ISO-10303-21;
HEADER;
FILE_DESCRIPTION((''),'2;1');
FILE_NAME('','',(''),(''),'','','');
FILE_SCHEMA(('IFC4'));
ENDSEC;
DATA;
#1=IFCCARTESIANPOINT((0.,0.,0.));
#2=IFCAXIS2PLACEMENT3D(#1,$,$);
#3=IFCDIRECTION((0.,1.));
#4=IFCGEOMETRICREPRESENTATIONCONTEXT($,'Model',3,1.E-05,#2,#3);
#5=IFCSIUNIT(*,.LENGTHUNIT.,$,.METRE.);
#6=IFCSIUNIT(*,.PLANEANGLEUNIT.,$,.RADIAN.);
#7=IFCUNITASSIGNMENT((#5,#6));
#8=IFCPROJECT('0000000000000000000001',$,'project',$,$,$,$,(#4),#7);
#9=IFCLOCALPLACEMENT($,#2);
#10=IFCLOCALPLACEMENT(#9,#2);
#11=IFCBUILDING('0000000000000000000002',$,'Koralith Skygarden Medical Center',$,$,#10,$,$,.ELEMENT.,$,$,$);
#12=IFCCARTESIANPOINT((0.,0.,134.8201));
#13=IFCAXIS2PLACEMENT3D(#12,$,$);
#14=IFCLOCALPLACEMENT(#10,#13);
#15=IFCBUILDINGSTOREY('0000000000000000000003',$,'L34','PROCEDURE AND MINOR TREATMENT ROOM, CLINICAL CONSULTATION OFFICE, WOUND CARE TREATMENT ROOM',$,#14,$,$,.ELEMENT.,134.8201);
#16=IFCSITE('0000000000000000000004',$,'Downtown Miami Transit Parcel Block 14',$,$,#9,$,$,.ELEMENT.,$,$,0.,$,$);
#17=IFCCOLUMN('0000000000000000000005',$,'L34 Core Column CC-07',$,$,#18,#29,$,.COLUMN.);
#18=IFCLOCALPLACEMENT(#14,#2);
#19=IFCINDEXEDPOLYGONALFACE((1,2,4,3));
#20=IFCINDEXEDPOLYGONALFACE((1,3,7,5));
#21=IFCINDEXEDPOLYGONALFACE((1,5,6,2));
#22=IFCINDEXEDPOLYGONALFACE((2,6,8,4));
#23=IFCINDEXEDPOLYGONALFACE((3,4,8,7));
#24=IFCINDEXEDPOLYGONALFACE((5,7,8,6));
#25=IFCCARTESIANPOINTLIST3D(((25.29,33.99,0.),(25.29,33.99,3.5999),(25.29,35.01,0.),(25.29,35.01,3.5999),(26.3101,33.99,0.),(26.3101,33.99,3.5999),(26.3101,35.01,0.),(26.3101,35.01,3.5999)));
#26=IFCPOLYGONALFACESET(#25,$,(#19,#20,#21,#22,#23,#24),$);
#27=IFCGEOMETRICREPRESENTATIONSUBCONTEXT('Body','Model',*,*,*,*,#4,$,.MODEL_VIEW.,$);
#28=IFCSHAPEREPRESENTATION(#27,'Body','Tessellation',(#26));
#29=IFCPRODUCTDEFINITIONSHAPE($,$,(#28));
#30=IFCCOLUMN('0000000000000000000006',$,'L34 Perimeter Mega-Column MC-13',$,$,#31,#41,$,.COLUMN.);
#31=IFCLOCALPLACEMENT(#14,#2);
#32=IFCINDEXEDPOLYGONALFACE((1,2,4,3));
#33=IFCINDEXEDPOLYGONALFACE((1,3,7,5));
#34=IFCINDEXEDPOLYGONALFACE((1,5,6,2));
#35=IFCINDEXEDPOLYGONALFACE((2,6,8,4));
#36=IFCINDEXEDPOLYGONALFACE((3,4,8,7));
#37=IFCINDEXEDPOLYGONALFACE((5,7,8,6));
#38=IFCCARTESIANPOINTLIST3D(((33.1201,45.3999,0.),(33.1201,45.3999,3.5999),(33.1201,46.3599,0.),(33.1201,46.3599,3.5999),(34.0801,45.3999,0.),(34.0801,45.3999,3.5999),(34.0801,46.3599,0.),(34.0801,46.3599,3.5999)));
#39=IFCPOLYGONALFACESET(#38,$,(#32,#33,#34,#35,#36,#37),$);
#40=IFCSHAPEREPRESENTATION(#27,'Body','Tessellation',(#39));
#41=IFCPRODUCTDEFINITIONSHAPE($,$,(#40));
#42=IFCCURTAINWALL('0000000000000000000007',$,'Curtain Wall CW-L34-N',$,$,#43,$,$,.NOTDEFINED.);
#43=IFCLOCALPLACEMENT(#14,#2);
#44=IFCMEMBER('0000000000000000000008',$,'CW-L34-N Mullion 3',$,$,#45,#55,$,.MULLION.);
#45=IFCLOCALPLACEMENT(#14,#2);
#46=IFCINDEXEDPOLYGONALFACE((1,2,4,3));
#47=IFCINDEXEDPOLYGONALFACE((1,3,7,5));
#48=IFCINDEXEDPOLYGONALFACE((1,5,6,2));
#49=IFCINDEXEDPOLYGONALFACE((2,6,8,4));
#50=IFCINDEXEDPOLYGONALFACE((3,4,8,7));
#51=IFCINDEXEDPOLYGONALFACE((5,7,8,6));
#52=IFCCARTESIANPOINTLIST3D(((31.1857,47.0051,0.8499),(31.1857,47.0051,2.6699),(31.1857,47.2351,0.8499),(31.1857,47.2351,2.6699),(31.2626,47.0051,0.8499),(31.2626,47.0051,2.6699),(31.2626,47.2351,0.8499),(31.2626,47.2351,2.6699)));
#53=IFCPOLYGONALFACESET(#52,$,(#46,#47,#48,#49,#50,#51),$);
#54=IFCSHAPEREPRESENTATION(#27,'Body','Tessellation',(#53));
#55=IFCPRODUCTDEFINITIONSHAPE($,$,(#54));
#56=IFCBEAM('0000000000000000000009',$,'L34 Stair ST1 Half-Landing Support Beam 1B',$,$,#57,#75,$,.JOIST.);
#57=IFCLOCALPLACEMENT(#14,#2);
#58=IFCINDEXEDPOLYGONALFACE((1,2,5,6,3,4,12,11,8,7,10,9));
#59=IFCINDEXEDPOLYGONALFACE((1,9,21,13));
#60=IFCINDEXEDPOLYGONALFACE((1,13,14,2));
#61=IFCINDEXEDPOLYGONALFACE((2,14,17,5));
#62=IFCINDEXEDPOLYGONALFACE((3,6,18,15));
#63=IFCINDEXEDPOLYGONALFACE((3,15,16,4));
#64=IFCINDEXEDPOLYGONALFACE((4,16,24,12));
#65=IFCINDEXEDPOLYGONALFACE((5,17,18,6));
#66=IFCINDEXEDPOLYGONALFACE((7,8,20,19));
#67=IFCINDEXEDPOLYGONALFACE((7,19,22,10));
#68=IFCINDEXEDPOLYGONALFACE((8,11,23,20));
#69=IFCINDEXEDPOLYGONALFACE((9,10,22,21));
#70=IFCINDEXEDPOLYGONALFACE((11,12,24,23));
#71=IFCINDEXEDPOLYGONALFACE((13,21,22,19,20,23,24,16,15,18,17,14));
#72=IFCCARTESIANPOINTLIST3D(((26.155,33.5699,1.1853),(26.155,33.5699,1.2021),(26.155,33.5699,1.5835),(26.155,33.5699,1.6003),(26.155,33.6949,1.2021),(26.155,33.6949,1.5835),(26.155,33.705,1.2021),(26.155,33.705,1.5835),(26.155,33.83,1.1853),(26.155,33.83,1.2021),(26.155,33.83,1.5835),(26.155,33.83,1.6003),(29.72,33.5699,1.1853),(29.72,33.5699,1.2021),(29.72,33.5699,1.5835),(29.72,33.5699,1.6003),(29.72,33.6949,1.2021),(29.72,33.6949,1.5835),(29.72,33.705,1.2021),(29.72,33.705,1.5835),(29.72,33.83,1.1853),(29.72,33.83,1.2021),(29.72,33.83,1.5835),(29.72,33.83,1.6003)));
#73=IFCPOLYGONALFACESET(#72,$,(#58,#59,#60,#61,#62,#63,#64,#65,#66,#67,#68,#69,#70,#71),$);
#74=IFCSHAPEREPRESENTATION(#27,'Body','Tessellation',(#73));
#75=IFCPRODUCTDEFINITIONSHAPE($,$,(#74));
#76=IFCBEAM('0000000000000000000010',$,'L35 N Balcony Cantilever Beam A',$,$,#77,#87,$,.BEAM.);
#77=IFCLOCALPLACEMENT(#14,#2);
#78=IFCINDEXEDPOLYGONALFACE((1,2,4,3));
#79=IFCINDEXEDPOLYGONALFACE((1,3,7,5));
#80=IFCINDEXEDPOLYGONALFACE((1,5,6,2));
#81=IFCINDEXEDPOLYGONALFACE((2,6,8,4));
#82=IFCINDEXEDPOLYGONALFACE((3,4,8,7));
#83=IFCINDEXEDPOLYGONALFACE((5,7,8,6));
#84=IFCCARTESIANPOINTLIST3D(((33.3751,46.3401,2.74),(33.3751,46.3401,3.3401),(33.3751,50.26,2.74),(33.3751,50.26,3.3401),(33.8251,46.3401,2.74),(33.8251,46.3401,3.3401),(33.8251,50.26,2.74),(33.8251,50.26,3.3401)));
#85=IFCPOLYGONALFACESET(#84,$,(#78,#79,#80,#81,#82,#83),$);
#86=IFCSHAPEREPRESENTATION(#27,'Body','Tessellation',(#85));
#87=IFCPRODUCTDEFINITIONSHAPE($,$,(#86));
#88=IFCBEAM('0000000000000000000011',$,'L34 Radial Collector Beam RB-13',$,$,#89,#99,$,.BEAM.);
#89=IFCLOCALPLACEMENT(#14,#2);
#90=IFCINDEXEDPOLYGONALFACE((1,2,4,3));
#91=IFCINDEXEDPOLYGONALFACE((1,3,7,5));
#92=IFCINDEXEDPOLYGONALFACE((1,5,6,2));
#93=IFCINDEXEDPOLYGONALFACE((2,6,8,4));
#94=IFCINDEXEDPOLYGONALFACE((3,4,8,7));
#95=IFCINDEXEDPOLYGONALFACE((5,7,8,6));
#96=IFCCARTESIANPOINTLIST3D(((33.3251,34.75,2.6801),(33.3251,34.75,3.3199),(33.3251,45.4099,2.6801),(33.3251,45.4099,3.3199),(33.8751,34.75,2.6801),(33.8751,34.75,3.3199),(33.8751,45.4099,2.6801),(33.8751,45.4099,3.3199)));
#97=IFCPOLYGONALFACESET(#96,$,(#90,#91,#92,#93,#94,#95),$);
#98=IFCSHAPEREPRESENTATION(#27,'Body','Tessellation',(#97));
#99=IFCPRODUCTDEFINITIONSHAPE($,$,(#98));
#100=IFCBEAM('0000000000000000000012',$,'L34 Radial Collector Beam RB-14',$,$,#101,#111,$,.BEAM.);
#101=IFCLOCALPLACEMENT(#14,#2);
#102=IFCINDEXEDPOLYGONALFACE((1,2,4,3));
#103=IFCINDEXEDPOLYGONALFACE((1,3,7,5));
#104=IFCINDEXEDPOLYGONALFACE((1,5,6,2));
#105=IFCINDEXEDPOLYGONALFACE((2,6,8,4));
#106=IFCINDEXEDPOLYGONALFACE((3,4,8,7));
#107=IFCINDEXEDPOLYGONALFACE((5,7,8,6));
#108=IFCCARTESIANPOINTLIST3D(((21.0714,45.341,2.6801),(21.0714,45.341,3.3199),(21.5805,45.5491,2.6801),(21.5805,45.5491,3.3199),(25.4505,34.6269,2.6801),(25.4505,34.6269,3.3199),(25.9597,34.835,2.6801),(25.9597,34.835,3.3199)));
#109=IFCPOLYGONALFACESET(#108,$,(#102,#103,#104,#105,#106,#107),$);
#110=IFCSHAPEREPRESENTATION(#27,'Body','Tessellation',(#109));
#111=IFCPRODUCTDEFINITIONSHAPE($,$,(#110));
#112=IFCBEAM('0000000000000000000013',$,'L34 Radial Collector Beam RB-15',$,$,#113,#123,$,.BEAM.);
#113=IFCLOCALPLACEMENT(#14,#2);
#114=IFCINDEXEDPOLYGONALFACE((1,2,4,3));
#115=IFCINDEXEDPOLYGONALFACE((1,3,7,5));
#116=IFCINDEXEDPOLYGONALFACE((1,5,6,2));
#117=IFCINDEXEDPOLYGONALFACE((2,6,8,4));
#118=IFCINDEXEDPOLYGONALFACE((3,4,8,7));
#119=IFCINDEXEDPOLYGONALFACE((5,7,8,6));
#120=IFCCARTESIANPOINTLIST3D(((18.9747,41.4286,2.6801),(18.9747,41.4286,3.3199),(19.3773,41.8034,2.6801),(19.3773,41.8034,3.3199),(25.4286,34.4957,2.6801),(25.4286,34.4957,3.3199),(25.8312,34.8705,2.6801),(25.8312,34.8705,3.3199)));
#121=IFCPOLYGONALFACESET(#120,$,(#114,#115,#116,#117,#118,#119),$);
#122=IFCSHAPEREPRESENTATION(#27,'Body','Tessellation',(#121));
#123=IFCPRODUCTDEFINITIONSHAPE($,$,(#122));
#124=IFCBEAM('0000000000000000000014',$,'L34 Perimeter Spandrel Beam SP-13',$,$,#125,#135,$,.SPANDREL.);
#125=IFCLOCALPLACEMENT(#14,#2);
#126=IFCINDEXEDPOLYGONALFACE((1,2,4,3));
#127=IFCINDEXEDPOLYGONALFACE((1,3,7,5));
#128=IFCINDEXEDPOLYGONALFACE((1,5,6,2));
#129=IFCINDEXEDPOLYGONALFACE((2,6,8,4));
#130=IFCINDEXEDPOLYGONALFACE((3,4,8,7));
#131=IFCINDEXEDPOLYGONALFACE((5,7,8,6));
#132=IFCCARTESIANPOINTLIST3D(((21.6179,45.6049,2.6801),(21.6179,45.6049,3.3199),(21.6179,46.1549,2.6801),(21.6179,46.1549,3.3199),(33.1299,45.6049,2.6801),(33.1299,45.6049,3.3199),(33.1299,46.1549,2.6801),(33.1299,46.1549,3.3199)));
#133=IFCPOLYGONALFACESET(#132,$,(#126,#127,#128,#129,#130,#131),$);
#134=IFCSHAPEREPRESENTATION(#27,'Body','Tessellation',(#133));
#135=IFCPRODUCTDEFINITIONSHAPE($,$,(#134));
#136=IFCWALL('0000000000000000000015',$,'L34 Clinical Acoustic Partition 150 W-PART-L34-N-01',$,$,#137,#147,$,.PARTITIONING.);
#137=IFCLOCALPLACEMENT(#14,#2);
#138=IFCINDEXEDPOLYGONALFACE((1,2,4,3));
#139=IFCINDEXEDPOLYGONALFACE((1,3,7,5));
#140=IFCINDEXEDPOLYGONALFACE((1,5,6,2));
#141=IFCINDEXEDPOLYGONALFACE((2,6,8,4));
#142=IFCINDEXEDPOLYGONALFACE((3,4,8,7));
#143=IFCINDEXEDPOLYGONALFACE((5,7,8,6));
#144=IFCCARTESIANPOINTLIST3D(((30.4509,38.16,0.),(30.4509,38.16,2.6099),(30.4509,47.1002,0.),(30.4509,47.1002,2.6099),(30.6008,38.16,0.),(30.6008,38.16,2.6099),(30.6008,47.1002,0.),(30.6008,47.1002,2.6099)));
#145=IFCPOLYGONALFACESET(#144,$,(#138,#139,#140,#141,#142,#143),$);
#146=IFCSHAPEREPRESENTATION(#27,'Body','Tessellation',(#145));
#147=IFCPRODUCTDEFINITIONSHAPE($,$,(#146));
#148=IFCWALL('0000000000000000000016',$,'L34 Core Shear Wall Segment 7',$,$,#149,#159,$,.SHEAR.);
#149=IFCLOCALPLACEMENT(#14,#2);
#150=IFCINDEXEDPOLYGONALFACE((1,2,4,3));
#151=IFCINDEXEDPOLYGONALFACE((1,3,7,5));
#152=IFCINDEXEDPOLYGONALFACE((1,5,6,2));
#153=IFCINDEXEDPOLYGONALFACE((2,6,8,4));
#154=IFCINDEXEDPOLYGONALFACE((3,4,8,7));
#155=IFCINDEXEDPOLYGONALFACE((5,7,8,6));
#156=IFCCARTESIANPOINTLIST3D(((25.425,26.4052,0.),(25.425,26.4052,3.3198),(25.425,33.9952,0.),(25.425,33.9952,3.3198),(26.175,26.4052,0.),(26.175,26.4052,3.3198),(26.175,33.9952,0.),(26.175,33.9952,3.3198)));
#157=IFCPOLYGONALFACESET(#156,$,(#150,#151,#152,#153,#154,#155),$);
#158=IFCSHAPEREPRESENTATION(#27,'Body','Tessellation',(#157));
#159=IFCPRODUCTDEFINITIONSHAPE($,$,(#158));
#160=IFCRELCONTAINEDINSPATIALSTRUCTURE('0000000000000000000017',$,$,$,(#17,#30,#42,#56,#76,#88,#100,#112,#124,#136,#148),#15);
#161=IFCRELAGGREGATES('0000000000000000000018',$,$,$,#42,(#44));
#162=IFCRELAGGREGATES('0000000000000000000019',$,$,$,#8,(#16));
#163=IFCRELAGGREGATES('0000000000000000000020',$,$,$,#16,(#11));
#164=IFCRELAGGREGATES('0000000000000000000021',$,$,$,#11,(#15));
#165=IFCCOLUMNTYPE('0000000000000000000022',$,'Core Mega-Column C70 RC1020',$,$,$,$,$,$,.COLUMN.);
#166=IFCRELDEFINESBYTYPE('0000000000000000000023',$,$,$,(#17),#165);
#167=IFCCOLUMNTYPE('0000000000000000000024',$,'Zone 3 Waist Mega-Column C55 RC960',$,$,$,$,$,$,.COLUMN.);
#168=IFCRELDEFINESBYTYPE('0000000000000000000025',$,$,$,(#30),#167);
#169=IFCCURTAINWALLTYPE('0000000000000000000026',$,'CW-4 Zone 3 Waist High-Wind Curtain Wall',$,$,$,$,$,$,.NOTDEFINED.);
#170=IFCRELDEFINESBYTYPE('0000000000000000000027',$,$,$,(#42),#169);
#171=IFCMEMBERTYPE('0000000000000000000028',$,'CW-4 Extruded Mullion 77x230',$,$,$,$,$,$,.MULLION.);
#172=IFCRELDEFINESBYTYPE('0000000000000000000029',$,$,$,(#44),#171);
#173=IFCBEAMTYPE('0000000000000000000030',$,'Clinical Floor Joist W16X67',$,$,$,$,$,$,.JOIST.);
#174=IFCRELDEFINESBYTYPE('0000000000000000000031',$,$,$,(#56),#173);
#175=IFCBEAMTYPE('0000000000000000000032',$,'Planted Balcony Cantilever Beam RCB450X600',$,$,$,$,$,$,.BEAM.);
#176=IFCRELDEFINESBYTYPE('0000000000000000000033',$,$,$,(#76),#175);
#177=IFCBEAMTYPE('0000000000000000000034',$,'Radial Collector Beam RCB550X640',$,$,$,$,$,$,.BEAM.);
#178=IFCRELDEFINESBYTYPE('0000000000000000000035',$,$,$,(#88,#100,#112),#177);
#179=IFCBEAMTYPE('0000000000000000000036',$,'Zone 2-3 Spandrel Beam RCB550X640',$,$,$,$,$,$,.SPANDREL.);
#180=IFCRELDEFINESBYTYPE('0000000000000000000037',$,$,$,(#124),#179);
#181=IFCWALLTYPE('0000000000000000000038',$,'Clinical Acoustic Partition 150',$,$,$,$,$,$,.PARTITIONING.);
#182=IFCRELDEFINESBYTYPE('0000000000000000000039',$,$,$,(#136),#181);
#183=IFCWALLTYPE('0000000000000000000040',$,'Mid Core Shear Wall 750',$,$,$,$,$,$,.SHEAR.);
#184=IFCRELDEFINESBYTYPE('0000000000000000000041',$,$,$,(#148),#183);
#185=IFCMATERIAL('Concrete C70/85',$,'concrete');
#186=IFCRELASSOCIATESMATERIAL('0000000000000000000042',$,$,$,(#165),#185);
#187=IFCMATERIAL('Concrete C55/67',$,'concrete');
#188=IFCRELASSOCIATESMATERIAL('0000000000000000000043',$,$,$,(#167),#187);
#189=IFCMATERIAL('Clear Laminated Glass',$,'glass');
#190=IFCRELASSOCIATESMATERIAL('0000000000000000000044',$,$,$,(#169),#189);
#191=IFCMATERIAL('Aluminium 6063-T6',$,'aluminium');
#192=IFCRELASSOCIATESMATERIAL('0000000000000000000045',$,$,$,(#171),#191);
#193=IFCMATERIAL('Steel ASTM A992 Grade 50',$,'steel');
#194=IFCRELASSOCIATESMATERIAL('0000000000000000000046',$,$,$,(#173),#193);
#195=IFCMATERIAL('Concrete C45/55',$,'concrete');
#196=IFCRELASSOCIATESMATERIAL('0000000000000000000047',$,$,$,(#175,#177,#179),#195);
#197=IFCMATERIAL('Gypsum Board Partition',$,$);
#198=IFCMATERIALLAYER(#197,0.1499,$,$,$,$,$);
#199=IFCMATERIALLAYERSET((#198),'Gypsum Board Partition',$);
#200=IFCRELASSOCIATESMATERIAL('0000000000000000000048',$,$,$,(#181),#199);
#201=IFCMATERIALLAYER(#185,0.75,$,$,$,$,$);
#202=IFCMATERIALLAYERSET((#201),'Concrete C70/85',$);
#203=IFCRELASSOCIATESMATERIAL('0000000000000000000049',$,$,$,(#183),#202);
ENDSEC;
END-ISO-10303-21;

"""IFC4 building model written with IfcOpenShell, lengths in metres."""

from ifc_helpers import new_model, si_unit, direction, frame, frame_2d, origin, origin_2d, place, context, subcontext, project, spatial, rectangle, i_section, extrude, material, layer, layer_set, material_profile, profile_set, type_object, element, aggregate, save


model = new_model("IFC4")

# Units and contexts
model_context = context("Model", 3, precision=1e-05, world=origin(), true_north=direction((0.0, 1.0)))
body_context = subcontext(model_context, "Body", "Model", "MODEL_VIEW")
ifc_project = project(units=[si_unit("LENGTHUNIT", "METRE"), si_unit("PLANEANGLEUNIT", "RADIAN")], contexts=[model_context])

# Site, building, storey
site_placement = place(None, origin())
site = spatial("IfcSite", under=ifc_project, at=site_placement, Name="Downtown Miami Transit Parcel Block 14", CompositionType="ELEMENT", RefElevation=0.0)
building_placement = place(site_placement, origin())
building = spatial("IfcBuilding", under=site, at=building_placement, Name="Koralith Skygarden Medical Center", CompositionType="ELEMENT")
storey_placement = place(building_placement, frame((0.0, 0.0, 134.8201)))
storey = spatial("IfcBuildingStorey", under=building, at=storey_placement, Name="L34", Description="PROCEDURE AND MINOR TREATMENT ROOM, CLINICAL CONSULTATION OFFICE, WOUND CARE TREATMENT ROOM", CompositionType="ELEMENT", Elevation=134.8201)

# Columns
ifc_material_1 = material(Name="Concrete C70/85", Category="concrete")
ifc_material_profile_1 = material_profile(ifc_material_1, rectangle(XDim=1.02, YDim=1.02, at=origin_2d()), Name="RC1020X1020")
ifc_profile_set_1 = profile_set([ifc_material_profile_1], Name="Concrete C70/85")
column_type_1 = type_object("IfcColumnType", Name="Core Mega-Column C70 RC1020", PredefinedType="COLUMN", material=ifc_profile_set_1)
column_1_placement = place(storey_placement, frame((25.8, 34.5, 0.0), z_axis=(0.0, 0.0, 1.0), x_axis=(1.0, 0.0, 0.0)))
element("IfcColumn", 1, at=column_1_placement, inside=storey, type_object=column_type_1, Name="L34 Core Column CC-07", PredefinedType="COLUMN", context=body_context, shape_type="SweptSolid", body=[
    extrude(rectangle(XDim=1.02, YDim=1.02, at=origin_2d()), origin(), (0.0, 0.0, 1.0), 3.5999),
])
ifc_material_2 = material(Name="Concrete C55/67", Category="concrete")
ifc_material_profile_2 = material_profile(ifc_material_2, rectangle(XDim=0.96, YDim=0.96, at=origin_2d()), Name="RC960X960")
ifc_profile_set_2 = profile_set([ifc_material_profile_2], Name="Concrete C55/67")
column_type_2 = type_object("IfcColumnType", Name="Zone 3 Waist Mega-Column C55 RC960", PredefinedType="COLUMN", material=ifc_profile_set_2)
column_2_placement = place(storey_placement, frame((33.6001, 45.8799, 0.0), z_axis=(0.0, 0.0, 1.0), x_axis=(1.0, 0.0, 0.0)))
element("IfcColumn", 2, at=column_2_placement, inside=storey, type_object=column_type_2, Name="L34 Perimeter Mega-Column MC-13", PredefinedType="COLUMN", context=body_context, shape_type="SweptSolid", body=[
    extrude(rectangle(XDim=0.96, YDim=0.96, at=origin_2d()), origin(), (0.0, 0.0, 1.0), 3.5999),
])

# Curtain wall, member
ifc_material_3 = material(Name="Clear Laminated Glass", Category="glass")
curtain_wall_type = type_object("IfcCurtainWallType", Name="CW-4 Zone 3 Waist High-Wind Curtain Wall", PredefinedType="NOTDEFINED", material=ifc_material_3)
curtain_wall_placement = place(storey_placement, origin())
curtain_wall = element("IfcCurtainWall", 3, at=curtain_wall_placement, inside=storey, type_object=curtain_wall_type, Name="Curtain Wall CW-L34-N", PredefinedType="NOTDEFINED")
ifc_material_4 = material(Name="Aluminium 6063-T6", Category="aluminium")
ifc_material_profile_3 = material_profile(ifc_material_4, rectangle(XDim=0.0769, YDim=0.23, at=origin_2d()), Name="MUL77X230")
ifc_profile_set_3 = profile_set([ifc_material_profile_3], Name="Aluminium 6063-T6")
member_type = type_object("IfcMemberType", Name="CW-4 Extruded Mullion 77x230", PredefinedType="MULLION", material=ifc_profile_set_3)
member_placement = place(storey_placement, frame((31.2241, 47.1201, 0.8499), z_axis=(0.0, 0.0, 1.0), x_axis=(1.0, 0.0, 0.0)))
member = element("IfcMember", 4, at=member_placement, type_object=member_type, Name="CW-L34-N Mullion 3", PredefinedType="MULLION", context=body_context, shape_type="SweptSolid", body=[
    extrude(rectangle(XDim=0.0769, YDim=0.23, at=origin_2d()), origin(), (0.0, 0.0, 1.0), 1.8201),
])
aggregate(curtain_wall, [member])

# Beams
ifc_material_5 = material(Name="Steel ASTM A992 Grade 50", Category="steel")
ifc_material_profile_4 = material_profile(ifc_material_5, i_section(OverallWidth=0.26, OverallDepth=0.415, WebThickness=0.01, FlangeThickness=0.0168, at=origin_2d()), Name="W16X67")
ifc_profile_set_4 = profile_set([ifc_material_profile_4], Name="Steel ASTM A992 Grade 50")
beam_type_1 = type_object("IfcBeamType", Name="Clinical Floor Joist W16X67", PredefinedType="JOIST", material=ifc_profile_set_4)
beam_1_placement = place(storey_placement, frame((26.155, 33.7, 1.3928), z_axis=(1.0, 0.0, 0.0), x_axis=(0.0, 1.0, 0.0)))
element("IfcBeam", 5, at=beam_1_placement, inside=storey, type_object=beam_type_1, Name="L34 Stair ST1 Half-Landing Support Beam 1B", PredefinedType="JOIST", context=body_context, shape_type="SweptSolid", body=[
    extrude(i_section(OverallWidth=0.26, OverallDepth=0.415, WebThickness=0.01, FlangeThickness=0.0168, at=origin_2d()), origin(), (0.0, 0.0, 1.0), 3.5649),
])
ifc_material_6 = material(Name="Concrete C45/55", Category="concrete")
ifc_material_profile_5 = material_profile(ifc_material_6, rectangle(XDim=0.45, YDim=0.6001, at=origin_2d()), Name="RCB450X600")
ifc_profile_set_5 = profile_set([ifc_material_profile_5], Name="Concrete C45/55")
beam_type_2 = type_object("IfcBeamType", Name="Planted Balcony Cantilever Beam RCB450X600", PredefinedType="BEAM", material=ifc_profile_set_5)
beam_2_placement = place(storey_placement, frame((33.6001, 46.3401, 3.04), z_axis=(0.0, 1.0, 0.0), x_axis=(-1.0, 0.0, 0.0)))
element("IfcBeam", 6, at=beam_2_placement, inside=storey, type_object=beam_type_2, Name="L35 N Balcony Cantilever Beam A", PredefinedType="BEAM", context=body_context, shape_type="SweptSolid", body=[
    extrude(rectangle(XDim=0.45, YDim=0.6001, at=origin_2d()), origin(), (0.0, 0.0, 1.0), 3.9199),
])
ifc_material_profile_6 = material_profile(ifc_material_6, rectangle(XDim=0.55, YDim=0.6399, at=origin_2d()), Name="RCB550X640")
ifc_profile_set_6 = profile_set([ifc_material_profile_6], Name="Concrete C45/55")
beam_type_3 = type_object("IfcBeamType", Name="Radial Collector Beam RCB550X640", PredefinedType="BEAM", material=ifc_profile_set_6)
beam_3_placement = place(storey_placement, frame((33.6001, 34.75, 3.0), z_axis=(0.0, 1.0, 0.0), x_axis=(-1.0, 0.0, 0.0)))
element("IfcBeam", 7, at=beam_3_placement, inside=storey, type_object=beam_type_3, Name="L34 Radial Collector Beam RB-13", PredefinedType="BEAM", context=body_context, shape_type="SweptSolid", body=[
    extrude(rectangle(XDim=0.55, YDim=0.6399, at=origin_2d()), origin(), (0.0, 0.0, 1.0), 10.6599),
])
beam_4_placement = place(storey_placement, frame((25.7051, 34.731, 3.0), z_axis=(-0.378345, 0.925665, 0.0), x_axis=(-0.925665, -0.378345, 0.0)))
element("IfcBeam", 8, at=beam_4_placement, inside=storey, type_object=beam_type_3, Name="L34 Radial Collector Beam RB-14", PredefinedType="BEAM", context=body_context, shape_type="SweptSolid", body=[
    extrude(rectangle(XDim=0.55, YDim=0.6399, at=origin_2d()), origin(), (0.0, 0.0, 1.0), 11.5745),
])
beam_5_placement = place(storey_placement, frame((25.6299, 34.6831, 3.0), z_axis=(-0.681369, 0.73194, 0.0), x_axis=(-0.73194, -0.681369, 0.0)))
element("IfcBeam", 9, at=beam_5_placement, inside=storey, type_object=beam_type_3, Name="L34 Radial Collector Beam RB-15", PredefinedType="BEAM", context=body_context, shape_type="SweptSolid", body=[
    extrude(rectangle(XDim=0.55, YDim=0.6399, at=origin_2d()), origin(), (0.0, 0.0, 1.0), 9.4719),
])
ifc_material_profile_7 = material_profile(ifc_material_6, rectangle(XDim=0.55, YDim=0.6399, at=origin_2d()), Name="RCB550X640")
ifc_profile_set_7 = profile_set([ifc_material_profile_7], Name="Concrete C45/55")
beam_type_4 = type_object("IfcBeamType", Name="Zone 2-3 Spandrel Beam RCB550X640", PredefinedType="SPANDREL", material=ifc_profile_set_7)
beam_6_placement = place(storey_placement, frame((33.1299, 45.8799, 3.0), z_axis=(-1.0, 0.0, 0.0), x_axis=(0.0, -1.0, 0.0)))
element("IfcBeam", 10, at=beam_6_placement, inside=storey, type_object=beam_type_4, Name="L34 Perimeter Spandrel Beam SP-13", PredefinedType="SPANDREL", context=body_context, shape_type="SweptSolid", body=[
    extrude(rectangle(XDim=0.55, YDim=0.6399, at=origin_2d()), origin(), (0.0, 0.0, 1.0), 11.512),
])

# Wall
ifc_material_7 = material(Name="Gypsum Board Partition")
ifc_layer_1 = layer(ifc_material_7, 0.1499)
ifc_layer_set_1 = layer_set([ifc_layer_1], Name="Gypsum Board Partition")
wall_type_1 = type_object("IfcWallType", Name="Clinical Acoustic Partition 150", PredefinedType="PARTITIONING", material=ifc_layer_set_1)
wall_1_placement = place(storey_placement, frame((30.5259, 38.1599, 0.0), z_axis=(0.0, 0.0, 1.0), x_axis=(0.0, 1.0, 0.0)))
element("IfcWall", 11, at=wall_1_placement, inside=storey, type_object=wall_type_1, Name="L34 Clinical Acoustic Partition 150 W-PART-L34-N-01", PredefinedType="PARTITIONING", context=body_context, shape_type="SweptSolid", body=[
    extrude(rectangle(XDim=8.9402, YDim=0.1499, at=frame_2d((4.4702, 0.0))), origin(), (0.0, 0.0, 1.0), 2.6099),
])

# Wall
ifc_layer_2 = layer(ifc_material_1, 0.75)
ifc_layer_set_2 = layer_set([ifc_layer_2], Name="Concrete C70/85")
wall_type_2 = type_object("IfcWallType", Name="Mid Core Shear Wall 750", PredefinedType="SHEAR", material=ifc_layer_set_2)
wall_2_placement = place(storey_placement, frame((25.8, 33.9951, 0.0), z_axis=(0.0, 0.0, 1.0), x_axis=(0.0, -1.0, 0.0)))
element("IfcWall", 12, at=wall_2_placement, inside=storey, type_object=wall_type_2, Name="L34 Core Shear Wall Segment 7", PredefinedType="SHEAR", context=body_context, shape_type="SweptSolid", body=[
    extrude(rectangle(XDim=7.5901, YDim=0.75, at=frame_2d((3.7949, 0.0))), origin(), (0.0, 0.0, 1.0), 3.3198),
])

save(model, "model.ifc")
